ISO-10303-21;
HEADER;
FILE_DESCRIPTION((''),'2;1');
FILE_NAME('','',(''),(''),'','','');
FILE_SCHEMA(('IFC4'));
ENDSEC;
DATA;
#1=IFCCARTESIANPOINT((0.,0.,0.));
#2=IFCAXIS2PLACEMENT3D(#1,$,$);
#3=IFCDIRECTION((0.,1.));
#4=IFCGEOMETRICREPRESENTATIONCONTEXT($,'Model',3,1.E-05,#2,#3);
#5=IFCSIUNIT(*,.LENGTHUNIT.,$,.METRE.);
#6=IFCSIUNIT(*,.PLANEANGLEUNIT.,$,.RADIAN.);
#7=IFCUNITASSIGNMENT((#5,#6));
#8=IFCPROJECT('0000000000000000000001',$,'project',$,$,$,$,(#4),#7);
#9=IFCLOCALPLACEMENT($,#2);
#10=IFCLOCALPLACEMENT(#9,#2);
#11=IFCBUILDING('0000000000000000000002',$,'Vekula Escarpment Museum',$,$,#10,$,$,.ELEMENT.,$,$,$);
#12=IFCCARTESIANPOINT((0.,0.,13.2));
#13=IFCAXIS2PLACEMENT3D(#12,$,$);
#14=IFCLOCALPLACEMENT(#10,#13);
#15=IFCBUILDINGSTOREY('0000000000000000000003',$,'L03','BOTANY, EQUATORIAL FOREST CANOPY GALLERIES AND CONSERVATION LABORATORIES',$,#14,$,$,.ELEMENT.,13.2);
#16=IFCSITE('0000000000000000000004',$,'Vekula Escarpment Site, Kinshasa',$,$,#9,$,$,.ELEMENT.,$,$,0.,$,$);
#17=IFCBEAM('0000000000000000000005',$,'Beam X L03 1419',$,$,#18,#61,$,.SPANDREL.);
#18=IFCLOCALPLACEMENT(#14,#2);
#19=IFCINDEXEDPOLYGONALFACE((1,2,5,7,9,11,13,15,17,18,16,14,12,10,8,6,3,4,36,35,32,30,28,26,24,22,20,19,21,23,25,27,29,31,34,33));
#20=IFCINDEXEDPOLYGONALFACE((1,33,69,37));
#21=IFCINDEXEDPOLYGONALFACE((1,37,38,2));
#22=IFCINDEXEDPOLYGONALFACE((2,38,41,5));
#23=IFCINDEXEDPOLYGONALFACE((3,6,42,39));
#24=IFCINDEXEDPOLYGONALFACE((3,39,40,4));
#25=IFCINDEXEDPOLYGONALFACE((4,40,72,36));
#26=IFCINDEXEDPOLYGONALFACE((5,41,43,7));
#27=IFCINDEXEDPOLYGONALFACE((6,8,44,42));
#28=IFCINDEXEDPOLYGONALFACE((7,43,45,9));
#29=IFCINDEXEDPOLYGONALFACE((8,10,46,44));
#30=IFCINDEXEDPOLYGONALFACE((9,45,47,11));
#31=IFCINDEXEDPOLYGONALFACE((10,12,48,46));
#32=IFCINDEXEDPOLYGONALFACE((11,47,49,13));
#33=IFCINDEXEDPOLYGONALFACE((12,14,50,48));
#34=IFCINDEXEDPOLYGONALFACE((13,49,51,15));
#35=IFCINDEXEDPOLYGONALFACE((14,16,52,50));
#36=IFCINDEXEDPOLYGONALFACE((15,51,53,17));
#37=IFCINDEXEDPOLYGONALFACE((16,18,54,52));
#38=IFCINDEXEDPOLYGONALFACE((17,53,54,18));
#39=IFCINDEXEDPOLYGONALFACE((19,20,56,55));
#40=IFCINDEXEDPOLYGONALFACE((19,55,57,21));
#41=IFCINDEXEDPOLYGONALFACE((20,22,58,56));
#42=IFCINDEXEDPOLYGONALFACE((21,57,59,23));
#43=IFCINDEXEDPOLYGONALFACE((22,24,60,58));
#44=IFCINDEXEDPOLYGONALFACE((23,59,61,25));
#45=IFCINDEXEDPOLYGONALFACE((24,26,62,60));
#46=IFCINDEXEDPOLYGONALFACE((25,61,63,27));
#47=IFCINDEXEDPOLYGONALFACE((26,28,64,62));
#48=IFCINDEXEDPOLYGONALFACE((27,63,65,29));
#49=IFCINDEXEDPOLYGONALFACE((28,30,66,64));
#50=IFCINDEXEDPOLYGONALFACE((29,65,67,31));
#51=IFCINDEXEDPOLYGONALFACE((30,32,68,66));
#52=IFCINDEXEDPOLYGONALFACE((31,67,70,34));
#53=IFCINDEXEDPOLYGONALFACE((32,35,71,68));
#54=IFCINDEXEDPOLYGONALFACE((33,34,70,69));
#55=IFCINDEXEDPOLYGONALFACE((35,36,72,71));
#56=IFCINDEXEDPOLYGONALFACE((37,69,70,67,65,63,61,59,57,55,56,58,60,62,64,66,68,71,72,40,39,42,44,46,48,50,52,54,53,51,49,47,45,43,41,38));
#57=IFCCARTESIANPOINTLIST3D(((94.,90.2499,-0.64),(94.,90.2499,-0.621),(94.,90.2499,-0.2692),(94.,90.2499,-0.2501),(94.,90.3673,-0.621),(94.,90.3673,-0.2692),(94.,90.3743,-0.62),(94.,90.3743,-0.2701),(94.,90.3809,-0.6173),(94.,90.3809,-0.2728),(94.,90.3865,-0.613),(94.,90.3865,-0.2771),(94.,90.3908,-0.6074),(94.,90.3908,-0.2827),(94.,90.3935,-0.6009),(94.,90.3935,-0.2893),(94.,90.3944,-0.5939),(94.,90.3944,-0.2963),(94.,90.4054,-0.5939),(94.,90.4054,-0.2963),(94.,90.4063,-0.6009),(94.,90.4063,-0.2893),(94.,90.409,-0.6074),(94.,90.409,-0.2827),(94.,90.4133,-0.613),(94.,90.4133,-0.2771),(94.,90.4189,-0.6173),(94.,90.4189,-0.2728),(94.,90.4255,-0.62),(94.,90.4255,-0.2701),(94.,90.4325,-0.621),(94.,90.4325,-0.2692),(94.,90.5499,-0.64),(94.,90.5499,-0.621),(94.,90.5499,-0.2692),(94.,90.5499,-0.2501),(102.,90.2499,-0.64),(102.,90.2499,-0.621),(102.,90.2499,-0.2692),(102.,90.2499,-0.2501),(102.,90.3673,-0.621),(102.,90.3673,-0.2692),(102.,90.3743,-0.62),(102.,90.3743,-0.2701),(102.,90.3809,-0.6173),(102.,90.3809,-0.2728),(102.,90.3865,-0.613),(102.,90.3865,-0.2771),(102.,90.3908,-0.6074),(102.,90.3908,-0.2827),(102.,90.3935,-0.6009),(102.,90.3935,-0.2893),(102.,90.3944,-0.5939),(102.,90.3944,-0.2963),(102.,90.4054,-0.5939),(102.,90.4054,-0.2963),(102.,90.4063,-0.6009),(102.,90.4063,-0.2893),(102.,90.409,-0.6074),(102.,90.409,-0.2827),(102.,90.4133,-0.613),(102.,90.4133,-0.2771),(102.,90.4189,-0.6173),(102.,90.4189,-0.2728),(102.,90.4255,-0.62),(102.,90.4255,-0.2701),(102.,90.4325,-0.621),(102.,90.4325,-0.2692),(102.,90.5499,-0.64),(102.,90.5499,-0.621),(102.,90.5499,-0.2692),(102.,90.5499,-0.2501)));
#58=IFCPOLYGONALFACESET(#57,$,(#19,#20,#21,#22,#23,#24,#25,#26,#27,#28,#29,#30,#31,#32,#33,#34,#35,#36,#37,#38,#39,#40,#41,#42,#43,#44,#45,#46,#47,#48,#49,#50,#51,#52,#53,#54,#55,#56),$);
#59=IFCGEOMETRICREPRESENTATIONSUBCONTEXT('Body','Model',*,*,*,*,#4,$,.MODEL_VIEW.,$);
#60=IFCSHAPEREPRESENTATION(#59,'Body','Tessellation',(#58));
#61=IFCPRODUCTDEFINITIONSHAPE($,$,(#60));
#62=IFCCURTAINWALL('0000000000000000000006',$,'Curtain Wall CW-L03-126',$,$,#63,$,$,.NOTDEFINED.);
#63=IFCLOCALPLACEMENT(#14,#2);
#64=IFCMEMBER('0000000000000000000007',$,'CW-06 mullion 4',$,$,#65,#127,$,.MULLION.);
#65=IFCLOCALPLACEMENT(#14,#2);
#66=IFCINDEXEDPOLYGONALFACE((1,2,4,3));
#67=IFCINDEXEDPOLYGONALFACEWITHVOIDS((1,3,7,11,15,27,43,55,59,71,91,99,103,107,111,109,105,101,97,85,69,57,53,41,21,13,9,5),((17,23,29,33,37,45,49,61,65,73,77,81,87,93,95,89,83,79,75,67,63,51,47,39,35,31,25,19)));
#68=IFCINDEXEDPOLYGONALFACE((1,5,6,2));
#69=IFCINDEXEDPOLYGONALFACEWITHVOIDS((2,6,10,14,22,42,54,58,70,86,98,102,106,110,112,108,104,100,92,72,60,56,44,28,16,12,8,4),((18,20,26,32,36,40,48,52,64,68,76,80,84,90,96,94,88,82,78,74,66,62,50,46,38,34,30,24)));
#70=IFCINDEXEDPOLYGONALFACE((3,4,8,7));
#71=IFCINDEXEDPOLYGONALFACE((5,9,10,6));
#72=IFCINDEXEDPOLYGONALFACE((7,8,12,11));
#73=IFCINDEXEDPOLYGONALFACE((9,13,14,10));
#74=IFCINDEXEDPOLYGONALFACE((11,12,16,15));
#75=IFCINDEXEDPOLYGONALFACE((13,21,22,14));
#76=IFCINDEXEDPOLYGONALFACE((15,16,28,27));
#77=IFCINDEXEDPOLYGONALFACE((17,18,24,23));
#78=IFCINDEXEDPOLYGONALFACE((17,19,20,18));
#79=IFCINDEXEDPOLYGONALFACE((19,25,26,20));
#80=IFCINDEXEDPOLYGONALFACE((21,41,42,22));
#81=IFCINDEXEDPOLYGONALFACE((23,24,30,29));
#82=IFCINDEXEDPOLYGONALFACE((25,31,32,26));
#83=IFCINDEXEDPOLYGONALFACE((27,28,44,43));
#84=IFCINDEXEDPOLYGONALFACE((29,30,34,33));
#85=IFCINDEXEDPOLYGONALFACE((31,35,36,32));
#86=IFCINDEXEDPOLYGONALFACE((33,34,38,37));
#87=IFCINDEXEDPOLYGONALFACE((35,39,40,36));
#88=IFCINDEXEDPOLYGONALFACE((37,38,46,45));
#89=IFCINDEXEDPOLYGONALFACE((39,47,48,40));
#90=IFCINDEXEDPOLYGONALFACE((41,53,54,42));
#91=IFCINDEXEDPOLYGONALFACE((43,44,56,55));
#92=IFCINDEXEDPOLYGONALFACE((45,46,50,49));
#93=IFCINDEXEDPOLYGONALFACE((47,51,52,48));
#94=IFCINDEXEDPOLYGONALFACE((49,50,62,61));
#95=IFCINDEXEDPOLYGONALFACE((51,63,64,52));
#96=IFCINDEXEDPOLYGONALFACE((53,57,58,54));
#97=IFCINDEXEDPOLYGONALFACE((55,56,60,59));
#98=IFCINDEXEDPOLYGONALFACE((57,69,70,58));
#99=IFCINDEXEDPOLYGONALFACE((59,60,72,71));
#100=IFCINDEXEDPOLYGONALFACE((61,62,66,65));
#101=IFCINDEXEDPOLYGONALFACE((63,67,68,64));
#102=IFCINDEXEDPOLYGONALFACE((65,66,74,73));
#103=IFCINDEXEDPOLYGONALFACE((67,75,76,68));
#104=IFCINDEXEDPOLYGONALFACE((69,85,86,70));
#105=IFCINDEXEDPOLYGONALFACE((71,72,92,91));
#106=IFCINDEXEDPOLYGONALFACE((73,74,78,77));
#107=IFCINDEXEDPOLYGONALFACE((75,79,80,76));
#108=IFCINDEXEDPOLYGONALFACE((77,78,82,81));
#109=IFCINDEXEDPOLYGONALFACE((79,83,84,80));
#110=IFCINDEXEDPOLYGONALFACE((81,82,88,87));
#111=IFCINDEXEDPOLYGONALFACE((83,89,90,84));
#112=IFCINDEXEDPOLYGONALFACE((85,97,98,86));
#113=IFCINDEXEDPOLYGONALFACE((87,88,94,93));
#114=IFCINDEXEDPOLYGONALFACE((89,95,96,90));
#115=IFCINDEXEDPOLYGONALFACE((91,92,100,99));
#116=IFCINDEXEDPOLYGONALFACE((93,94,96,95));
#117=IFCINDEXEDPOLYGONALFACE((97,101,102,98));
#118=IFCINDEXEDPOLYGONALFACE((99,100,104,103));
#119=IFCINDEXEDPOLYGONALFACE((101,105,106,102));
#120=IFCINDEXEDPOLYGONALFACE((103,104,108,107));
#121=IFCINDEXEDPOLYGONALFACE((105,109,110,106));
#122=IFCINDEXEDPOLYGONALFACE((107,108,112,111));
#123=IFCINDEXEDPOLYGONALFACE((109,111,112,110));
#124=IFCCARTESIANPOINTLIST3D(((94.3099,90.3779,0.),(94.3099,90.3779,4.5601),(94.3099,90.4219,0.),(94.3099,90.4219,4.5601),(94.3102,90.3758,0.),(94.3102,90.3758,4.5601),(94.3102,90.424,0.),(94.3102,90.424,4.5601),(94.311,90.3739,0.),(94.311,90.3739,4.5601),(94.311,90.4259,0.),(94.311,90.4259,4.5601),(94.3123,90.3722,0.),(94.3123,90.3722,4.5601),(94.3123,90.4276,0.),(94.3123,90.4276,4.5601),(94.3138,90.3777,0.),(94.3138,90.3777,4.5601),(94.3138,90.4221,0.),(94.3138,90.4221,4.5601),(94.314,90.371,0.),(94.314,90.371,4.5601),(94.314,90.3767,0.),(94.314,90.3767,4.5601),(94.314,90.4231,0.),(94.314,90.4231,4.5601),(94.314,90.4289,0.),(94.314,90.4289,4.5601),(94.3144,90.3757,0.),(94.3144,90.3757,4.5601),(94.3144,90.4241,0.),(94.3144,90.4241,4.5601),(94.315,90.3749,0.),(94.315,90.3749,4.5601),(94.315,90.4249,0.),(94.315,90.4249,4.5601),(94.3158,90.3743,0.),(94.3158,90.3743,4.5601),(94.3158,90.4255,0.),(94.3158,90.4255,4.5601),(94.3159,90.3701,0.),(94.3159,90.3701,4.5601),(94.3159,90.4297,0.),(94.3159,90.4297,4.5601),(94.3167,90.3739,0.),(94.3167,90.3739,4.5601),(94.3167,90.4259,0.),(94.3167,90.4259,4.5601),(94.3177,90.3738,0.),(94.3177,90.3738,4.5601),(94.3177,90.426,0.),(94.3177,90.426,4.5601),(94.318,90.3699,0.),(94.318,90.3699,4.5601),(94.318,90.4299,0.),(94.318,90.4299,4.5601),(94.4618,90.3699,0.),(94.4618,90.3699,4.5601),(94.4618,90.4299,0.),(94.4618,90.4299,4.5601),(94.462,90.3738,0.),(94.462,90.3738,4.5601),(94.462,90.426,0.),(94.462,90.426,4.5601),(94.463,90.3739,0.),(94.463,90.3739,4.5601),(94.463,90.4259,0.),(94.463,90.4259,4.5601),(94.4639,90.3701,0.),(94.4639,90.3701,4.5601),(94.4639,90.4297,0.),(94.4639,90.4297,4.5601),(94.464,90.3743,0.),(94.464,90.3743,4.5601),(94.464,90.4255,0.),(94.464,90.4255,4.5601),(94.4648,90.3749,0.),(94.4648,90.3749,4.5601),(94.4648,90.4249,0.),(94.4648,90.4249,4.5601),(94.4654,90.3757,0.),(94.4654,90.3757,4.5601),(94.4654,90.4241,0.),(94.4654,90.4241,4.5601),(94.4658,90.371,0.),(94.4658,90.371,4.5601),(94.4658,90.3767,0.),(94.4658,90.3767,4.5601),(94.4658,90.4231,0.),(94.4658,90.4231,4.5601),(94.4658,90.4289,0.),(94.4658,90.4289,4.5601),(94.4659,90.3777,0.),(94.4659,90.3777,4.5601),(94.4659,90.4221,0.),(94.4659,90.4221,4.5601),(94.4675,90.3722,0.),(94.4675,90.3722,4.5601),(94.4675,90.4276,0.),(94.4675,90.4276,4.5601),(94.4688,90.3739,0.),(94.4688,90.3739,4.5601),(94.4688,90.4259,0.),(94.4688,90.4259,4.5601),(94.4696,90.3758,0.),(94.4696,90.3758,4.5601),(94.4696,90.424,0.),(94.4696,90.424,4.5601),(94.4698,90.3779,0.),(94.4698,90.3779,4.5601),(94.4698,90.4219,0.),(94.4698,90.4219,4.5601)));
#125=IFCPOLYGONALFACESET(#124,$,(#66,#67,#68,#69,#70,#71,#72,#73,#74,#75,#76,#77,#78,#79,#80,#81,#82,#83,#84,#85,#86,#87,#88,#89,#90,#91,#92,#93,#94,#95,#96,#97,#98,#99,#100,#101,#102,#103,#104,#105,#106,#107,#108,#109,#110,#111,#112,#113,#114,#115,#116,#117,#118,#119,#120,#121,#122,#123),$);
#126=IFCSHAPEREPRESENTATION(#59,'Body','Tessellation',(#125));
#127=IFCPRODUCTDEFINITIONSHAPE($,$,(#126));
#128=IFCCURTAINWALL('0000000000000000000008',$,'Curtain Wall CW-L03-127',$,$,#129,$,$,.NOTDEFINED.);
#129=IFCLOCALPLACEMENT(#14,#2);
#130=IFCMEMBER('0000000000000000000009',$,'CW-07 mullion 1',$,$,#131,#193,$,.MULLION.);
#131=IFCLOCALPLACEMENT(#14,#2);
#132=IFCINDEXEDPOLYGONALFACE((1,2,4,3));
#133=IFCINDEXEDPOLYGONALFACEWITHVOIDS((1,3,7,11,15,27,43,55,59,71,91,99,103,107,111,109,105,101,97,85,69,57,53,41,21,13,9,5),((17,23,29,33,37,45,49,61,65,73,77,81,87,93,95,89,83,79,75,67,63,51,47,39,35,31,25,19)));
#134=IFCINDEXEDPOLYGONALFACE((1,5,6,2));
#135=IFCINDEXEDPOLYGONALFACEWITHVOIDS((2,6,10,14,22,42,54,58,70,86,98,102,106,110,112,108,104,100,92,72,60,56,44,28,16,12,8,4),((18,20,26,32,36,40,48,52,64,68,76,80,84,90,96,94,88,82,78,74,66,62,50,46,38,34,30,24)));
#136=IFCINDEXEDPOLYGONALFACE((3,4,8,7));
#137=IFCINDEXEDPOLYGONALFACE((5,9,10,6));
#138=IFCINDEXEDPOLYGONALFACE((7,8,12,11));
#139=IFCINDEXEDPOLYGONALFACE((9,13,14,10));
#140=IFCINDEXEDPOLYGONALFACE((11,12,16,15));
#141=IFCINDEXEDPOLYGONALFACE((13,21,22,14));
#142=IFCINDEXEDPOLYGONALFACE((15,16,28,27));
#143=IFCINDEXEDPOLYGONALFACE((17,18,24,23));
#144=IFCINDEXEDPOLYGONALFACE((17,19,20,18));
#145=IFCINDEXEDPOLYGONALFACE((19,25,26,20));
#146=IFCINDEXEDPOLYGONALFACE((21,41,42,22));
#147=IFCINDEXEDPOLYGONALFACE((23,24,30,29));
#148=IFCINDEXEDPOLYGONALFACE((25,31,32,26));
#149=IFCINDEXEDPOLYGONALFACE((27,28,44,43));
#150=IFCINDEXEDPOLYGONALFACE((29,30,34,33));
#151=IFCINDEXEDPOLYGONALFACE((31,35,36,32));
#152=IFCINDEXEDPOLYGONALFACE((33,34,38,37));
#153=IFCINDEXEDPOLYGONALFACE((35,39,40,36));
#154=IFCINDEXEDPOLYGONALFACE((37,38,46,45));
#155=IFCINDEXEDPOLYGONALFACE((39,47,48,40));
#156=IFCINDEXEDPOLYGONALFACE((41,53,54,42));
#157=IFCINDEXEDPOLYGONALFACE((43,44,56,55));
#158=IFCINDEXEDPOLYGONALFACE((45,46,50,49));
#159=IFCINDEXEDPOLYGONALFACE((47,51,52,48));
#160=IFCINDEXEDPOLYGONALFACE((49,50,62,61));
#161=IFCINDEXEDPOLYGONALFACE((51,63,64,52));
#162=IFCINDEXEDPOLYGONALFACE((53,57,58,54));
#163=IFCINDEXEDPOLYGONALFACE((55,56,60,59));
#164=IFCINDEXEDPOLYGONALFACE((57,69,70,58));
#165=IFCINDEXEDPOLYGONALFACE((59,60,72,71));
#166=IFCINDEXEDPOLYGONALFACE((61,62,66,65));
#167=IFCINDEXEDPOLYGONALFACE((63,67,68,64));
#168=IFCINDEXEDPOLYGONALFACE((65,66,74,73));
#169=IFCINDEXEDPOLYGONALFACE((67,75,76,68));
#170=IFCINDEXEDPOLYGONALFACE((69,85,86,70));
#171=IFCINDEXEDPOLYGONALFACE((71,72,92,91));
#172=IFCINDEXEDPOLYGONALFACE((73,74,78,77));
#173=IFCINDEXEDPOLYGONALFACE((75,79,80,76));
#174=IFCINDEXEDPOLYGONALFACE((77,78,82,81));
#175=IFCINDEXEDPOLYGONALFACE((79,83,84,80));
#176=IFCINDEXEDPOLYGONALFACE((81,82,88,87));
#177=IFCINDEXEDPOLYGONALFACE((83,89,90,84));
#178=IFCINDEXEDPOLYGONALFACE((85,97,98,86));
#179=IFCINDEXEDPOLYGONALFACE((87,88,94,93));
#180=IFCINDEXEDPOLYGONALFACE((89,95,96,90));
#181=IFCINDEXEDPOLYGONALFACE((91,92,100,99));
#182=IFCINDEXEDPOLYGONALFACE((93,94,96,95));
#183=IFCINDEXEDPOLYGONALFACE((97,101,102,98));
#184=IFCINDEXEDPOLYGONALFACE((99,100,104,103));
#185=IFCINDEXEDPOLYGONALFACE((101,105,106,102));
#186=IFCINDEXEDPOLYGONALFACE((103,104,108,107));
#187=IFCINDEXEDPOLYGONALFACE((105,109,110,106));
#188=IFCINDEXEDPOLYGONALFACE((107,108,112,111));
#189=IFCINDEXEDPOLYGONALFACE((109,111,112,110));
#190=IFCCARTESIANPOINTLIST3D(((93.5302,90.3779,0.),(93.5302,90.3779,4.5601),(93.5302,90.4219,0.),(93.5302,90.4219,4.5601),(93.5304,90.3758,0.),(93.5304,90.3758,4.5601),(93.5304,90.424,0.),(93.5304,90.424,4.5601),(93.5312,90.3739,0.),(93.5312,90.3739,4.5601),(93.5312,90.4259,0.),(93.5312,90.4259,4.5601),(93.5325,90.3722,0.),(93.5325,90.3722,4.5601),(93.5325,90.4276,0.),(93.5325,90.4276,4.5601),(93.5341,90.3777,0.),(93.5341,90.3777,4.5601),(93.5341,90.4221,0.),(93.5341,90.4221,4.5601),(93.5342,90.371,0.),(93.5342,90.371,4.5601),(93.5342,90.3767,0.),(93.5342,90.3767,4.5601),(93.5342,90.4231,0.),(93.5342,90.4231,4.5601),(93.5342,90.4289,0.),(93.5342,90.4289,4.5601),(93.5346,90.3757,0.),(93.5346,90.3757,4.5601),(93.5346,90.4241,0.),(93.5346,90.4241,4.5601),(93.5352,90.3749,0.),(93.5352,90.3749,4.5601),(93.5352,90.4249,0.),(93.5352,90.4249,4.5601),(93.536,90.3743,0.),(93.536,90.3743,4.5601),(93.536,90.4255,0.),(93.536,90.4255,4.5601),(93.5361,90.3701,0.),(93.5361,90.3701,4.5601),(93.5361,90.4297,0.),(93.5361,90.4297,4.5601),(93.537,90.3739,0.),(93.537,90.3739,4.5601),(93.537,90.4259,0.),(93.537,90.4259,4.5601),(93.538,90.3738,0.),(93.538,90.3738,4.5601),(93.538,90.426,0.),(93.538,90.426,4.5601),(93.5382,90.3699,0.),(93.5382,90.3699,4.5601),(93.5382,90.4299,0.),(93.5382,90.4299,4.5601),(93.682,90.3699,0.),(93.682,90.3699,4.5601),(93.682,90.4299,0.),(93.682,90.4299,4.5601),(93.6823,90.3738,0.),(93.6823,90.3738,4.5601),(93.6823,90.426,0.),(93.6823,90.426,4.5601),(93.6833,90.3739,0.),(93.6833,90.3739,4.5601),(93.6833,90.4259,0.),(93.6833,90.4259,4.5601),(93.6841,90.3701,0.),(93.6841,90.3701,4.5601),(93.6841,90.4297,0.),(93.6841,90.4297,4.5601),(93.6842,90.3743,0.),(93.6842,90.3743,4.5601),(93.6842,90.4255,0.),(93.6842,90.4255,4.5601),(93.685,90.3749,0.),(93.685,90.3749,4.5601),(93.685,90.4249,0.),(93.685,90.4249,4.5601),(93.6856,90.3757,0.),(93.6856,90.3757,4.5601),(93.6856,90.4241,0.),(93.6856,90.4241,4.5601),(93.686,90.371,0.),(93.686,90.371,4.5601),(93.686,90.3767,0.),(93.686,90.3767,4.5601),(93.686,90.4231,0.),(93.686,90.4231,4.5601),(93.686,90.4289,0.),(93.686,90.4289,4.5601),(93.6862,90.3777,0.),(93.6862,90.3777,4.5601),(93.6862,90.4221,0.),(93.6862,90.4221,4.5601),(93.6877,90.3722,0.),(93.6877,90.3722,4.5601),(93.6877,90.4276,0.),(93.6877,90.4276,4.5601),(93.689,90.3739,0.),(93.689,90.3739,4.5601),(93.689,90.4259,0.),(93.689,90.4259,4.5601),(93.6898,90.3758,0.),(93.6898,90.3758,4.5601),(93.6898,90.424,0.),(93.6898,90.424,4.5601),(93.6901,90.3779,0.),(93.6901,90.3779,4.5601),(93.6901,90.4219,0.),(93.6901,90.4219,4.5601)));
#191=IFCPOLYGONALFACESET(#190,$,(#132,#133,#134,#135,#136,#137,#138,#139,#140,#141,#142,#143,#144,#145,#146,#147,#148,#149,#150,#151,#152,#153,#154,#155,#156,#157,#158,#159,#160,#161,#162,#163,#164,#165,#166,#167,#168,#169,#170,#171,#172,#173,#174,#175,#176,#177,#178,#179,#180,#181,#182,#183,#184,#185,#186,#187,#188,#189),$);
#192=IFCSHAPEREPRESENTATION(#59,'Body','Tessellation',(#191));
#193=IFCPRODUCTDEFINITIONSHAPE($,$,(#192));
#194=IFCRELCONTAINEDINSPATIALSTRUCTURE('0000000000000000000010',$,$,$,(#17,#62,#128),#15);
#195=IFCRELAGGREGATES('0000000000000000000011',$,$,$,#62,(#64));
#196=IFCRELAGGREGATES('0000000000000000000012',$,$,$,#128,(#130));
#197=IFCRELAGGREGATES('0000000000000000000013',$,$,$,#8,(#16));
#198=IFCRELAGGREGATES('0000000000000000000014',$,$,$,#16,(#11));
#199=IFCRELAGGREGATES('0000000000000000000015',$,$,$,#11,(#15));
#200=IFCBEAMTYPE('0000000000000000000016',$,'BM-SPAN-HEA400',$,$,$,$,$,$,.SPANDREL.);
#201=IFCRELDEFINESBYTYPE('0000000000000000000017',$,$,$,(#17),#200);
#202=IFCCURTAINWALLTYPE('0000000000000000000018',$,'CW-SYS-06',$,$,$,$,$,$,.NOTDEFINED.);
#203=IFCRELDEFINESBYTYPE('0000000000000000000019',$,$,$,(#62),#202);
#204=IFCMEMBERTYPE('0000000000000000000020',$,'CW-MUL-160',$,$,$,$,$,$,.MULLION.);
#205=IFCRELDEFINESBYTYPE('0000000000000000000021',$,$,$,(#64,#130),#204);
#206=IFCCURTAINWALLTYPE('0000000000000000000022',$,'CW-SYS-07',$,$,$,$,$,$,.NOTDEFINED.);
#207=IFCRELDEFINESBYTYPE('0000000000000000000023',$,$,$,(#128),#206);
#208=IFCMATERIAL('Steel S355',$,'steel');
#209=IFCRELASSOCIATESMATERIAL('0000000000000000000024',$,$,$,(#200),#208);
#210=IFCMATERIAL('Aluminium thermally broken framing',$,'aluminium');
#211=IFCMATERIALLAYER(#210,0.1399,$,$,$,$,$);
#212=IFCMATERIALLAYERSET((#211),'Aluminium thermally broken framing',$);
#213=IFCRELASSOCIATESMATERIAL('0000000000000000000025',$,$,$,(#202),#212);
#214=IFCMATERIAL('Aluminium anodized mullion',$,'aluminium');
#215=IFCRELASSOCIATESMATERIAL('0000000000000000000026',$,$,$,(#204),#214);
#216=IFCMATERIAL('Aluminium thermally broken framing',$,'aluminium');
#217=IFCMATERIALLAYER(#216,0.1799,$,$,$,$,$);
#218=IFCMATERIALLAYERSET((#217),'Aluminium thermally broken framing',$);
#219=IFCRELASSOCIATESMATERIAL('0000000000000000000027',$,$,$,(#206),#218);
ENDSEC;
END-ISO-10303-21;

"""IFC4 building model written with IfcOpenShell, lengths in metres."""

from ifc_helpers import new_model, si_unit, direction, frame, origin, origin_2d, place, context, subcontext, project, spatial, hollow_rectangle, i_section, extrude, material, layer, layer_set, material_profile, profile_set, type_object, element, aggregate, save


model = new_model("IFC4")

# Units and contexts
model_context = context("Model", 3, precision=1e-05, world=origin(), true_north=direction((0.0, 1.0)))
body_context = subcontext(model_context, "Body", "Model", "MODEL_VIEW")
ifc_project = project(units=[si_unit("LENGTHUNIT", "METRE"), si_unit("PLANEANGLEUNIT", "RADIAN")], contexts=[model_context])

# Site, building, storey
site_placement = place(None, origin())
site = spatial("IfcSite", under=ifc_project, at=site_placement, Name="Vekula Escarpment Site, Kinshasa", CompositionType="ELEMENT", RefElevation=0.0)
building_placement = place(site_placement, origin())
building = spatial("IfcBuilding", under=site, at=building_placement, Name="Vekula Escarpment Museum", CompositionType="ELEMENT")
storey_placement = place(building_placement, frame((0.0, 0.0, 13.2)))
storey = spatial("IfcBuildingStorey", under=building, at=storey_placement, Name="L03", Description="BOTANY, EQUATORIAL FOREST CANOPY GALLERIES AND CONSERVATION LABORATORIES", CompositionType="ELEMENT", Elevation=13.2)

# Beam
ifc_material_1 = material(Name="Steel S355", Category="steel")
ifc_material_profile_1 = material_profile(ifc_material_1, i_section(OverallWidth=0.3, OverallDepth=0.3899, WebThickness=0.011, FlangeThickness=0.019, FilletRadius=0.0271, at=origin_2d()), Name="HEA 400")
ifc_profile_set_1 = profile_set([ifc_material_profile_1], Name="Steel S355")
beam_type_1 = type_object("IfcBeamType", Name="BM-SPAN-HEA400", PredefinedType="SPANDREL", material=ifc_profile_set_1)
beam_1_placement = place(storey_placement, frame((94.0, 90.3999, -0.4451), z_axis=(1.0, 0.0, 0.0), x_axis=(0.0, 1.0, 0.0)))
element("IfcBeam", 1, at=beam_1_placement, inside=storey, type_object=beam_type_1, Name="Beam X L03 1419", PredefinedType="SPANDREL", context=body_context, shape_type="SweptSolid", body=[
    extrude(i_section(OverallWidth=0.3, OverallDepth=0.3899, WebThickness=0.011, FlangeThickness=0.019, FilletRadius=0.0271, at=origin_2d()), origin(), (0.0, 0.0, 1.0), 8.0),
])

# Curtain wall, member
ifc_material_2 = material(Name="Aluminium thermally broken framing", Category="aluminium")
ifc_layer_1 = layer(ifc_material_2, 0.1399)
ifc_layer_set_1 = layer_set([ifc_layer_1], Name="Aluminium thermally broken framing")
curtain_wall_type_1 = type_object("IfcCurtainWallType", Name="CW-SYS-06", PredefinedType="NOTDEFINED", material=ifc_layer_set_1)
curtain_wall_1_placement = place(storey_placement, origin())
curtain_wall_1 = element("IfcCurtainWall", 2, at=curtain_wall_1_placement, inside=storey, type_object=curtain_wall_type_1, Name="Curtain Wall CW-L03-126", PredefinedType="NOTDEFINED")
ifc_material_3 = material(Name="Aluminium anodized mullion", Category="aluminium")
ifc_material_profile_2 = material_profile(ifc_material_3, hollow_rectangle(XDim=0.0601, YDim=0.1599, WallThickness=0.0039, InnerFilletRadius=0.0039, OuterFilletRadius=0.0081, at=origin_2d()), Name="ALU 160x60x4")
ifc_profile_set_2 = profile_set([ifc_material_profile_2], Name="Aluminium anodized mullion")
member_type_1 = type_object("IfcMemberType", Name="CW-MUL-160", PredefinedType="MULLION", material=ifc_profile_set_2)
member_1_placement = place(storey_placement, frame((94.3899, 90.3999, 0.0), z_axis=(0.0, 0.0, 1.0), x_axis=(0.0, -1.0, 0.0)))
member_1 = element("IfcMember", 3, at=member_1_placement, type_object=member_type_1, Name="CW-06 mullion 4", PredefinedType="MULLION", context=body_context, shape_type="SweptSolid", body=[
    extrude(hollow_rectangle(XDim=0.0601, YDim=0.1599, WallThickness=0.0039, InnerFilletRadius=0.0039, OuterFilletRadius=0.0081, at=origin_2d()), origin(), (0.0, 0.0, 1.0), 4.5601),
])
aggregate(curtain_wall_1, [member_1])

# Curtain wall, member
ifc_material_4 = material(Name="Aluminium thermally broken framing", Category="aluminium")
ifc_layer_2 = layer(ifc_material_4, 0.1799)
ifc_layer_set_2 = layer_set([ifc_layer_2], Name="Aluminium thermally broken framing")
curtain_wall_type_2 = type_object("IfcCurtainWallType", Name="CW-SYS-07", PredefinedType="NOTDEFINED", material=ifc_layer_set_2)
curtain_wall_2_placement = place(storey_placement, origin())
curtain_wall_2 = element("IfcCurtainWall", 4, at=curtain_wall_2_placement, inside=storey, type_object=curtain_wall_type_2, Name="Curtain Wall CW-L03-127", PredefinedType="NOTDEFINED")
member_2_placement = place(storey_placement, frame((93.6101, 90.3999, 0.0), z_axis=(0.0, 0.0, 1.0), x_axis=(0.0, -1.0, 0.0)))
member_2 = element("IfcMember", 5, at=member_2_placement, type_object=member_type_1, Name="CW-07 mullion 1", PredefinedType="MULLION", context=body_context, shape_type="SweptSolid", body=[
    extrude(hollow_rectangle(XDim=0.0601, YDim=0.1599, WallThickness=0.0039, InnerFilletRadius=0.0039, OuterFilletRadius=0.0081, at=origin_2d()), origin(), (0.0, 0.0, 1.0), 4.5601),
])

aggregate(curtain_wall_2, [member_2])

save(model, "model.ifc")
